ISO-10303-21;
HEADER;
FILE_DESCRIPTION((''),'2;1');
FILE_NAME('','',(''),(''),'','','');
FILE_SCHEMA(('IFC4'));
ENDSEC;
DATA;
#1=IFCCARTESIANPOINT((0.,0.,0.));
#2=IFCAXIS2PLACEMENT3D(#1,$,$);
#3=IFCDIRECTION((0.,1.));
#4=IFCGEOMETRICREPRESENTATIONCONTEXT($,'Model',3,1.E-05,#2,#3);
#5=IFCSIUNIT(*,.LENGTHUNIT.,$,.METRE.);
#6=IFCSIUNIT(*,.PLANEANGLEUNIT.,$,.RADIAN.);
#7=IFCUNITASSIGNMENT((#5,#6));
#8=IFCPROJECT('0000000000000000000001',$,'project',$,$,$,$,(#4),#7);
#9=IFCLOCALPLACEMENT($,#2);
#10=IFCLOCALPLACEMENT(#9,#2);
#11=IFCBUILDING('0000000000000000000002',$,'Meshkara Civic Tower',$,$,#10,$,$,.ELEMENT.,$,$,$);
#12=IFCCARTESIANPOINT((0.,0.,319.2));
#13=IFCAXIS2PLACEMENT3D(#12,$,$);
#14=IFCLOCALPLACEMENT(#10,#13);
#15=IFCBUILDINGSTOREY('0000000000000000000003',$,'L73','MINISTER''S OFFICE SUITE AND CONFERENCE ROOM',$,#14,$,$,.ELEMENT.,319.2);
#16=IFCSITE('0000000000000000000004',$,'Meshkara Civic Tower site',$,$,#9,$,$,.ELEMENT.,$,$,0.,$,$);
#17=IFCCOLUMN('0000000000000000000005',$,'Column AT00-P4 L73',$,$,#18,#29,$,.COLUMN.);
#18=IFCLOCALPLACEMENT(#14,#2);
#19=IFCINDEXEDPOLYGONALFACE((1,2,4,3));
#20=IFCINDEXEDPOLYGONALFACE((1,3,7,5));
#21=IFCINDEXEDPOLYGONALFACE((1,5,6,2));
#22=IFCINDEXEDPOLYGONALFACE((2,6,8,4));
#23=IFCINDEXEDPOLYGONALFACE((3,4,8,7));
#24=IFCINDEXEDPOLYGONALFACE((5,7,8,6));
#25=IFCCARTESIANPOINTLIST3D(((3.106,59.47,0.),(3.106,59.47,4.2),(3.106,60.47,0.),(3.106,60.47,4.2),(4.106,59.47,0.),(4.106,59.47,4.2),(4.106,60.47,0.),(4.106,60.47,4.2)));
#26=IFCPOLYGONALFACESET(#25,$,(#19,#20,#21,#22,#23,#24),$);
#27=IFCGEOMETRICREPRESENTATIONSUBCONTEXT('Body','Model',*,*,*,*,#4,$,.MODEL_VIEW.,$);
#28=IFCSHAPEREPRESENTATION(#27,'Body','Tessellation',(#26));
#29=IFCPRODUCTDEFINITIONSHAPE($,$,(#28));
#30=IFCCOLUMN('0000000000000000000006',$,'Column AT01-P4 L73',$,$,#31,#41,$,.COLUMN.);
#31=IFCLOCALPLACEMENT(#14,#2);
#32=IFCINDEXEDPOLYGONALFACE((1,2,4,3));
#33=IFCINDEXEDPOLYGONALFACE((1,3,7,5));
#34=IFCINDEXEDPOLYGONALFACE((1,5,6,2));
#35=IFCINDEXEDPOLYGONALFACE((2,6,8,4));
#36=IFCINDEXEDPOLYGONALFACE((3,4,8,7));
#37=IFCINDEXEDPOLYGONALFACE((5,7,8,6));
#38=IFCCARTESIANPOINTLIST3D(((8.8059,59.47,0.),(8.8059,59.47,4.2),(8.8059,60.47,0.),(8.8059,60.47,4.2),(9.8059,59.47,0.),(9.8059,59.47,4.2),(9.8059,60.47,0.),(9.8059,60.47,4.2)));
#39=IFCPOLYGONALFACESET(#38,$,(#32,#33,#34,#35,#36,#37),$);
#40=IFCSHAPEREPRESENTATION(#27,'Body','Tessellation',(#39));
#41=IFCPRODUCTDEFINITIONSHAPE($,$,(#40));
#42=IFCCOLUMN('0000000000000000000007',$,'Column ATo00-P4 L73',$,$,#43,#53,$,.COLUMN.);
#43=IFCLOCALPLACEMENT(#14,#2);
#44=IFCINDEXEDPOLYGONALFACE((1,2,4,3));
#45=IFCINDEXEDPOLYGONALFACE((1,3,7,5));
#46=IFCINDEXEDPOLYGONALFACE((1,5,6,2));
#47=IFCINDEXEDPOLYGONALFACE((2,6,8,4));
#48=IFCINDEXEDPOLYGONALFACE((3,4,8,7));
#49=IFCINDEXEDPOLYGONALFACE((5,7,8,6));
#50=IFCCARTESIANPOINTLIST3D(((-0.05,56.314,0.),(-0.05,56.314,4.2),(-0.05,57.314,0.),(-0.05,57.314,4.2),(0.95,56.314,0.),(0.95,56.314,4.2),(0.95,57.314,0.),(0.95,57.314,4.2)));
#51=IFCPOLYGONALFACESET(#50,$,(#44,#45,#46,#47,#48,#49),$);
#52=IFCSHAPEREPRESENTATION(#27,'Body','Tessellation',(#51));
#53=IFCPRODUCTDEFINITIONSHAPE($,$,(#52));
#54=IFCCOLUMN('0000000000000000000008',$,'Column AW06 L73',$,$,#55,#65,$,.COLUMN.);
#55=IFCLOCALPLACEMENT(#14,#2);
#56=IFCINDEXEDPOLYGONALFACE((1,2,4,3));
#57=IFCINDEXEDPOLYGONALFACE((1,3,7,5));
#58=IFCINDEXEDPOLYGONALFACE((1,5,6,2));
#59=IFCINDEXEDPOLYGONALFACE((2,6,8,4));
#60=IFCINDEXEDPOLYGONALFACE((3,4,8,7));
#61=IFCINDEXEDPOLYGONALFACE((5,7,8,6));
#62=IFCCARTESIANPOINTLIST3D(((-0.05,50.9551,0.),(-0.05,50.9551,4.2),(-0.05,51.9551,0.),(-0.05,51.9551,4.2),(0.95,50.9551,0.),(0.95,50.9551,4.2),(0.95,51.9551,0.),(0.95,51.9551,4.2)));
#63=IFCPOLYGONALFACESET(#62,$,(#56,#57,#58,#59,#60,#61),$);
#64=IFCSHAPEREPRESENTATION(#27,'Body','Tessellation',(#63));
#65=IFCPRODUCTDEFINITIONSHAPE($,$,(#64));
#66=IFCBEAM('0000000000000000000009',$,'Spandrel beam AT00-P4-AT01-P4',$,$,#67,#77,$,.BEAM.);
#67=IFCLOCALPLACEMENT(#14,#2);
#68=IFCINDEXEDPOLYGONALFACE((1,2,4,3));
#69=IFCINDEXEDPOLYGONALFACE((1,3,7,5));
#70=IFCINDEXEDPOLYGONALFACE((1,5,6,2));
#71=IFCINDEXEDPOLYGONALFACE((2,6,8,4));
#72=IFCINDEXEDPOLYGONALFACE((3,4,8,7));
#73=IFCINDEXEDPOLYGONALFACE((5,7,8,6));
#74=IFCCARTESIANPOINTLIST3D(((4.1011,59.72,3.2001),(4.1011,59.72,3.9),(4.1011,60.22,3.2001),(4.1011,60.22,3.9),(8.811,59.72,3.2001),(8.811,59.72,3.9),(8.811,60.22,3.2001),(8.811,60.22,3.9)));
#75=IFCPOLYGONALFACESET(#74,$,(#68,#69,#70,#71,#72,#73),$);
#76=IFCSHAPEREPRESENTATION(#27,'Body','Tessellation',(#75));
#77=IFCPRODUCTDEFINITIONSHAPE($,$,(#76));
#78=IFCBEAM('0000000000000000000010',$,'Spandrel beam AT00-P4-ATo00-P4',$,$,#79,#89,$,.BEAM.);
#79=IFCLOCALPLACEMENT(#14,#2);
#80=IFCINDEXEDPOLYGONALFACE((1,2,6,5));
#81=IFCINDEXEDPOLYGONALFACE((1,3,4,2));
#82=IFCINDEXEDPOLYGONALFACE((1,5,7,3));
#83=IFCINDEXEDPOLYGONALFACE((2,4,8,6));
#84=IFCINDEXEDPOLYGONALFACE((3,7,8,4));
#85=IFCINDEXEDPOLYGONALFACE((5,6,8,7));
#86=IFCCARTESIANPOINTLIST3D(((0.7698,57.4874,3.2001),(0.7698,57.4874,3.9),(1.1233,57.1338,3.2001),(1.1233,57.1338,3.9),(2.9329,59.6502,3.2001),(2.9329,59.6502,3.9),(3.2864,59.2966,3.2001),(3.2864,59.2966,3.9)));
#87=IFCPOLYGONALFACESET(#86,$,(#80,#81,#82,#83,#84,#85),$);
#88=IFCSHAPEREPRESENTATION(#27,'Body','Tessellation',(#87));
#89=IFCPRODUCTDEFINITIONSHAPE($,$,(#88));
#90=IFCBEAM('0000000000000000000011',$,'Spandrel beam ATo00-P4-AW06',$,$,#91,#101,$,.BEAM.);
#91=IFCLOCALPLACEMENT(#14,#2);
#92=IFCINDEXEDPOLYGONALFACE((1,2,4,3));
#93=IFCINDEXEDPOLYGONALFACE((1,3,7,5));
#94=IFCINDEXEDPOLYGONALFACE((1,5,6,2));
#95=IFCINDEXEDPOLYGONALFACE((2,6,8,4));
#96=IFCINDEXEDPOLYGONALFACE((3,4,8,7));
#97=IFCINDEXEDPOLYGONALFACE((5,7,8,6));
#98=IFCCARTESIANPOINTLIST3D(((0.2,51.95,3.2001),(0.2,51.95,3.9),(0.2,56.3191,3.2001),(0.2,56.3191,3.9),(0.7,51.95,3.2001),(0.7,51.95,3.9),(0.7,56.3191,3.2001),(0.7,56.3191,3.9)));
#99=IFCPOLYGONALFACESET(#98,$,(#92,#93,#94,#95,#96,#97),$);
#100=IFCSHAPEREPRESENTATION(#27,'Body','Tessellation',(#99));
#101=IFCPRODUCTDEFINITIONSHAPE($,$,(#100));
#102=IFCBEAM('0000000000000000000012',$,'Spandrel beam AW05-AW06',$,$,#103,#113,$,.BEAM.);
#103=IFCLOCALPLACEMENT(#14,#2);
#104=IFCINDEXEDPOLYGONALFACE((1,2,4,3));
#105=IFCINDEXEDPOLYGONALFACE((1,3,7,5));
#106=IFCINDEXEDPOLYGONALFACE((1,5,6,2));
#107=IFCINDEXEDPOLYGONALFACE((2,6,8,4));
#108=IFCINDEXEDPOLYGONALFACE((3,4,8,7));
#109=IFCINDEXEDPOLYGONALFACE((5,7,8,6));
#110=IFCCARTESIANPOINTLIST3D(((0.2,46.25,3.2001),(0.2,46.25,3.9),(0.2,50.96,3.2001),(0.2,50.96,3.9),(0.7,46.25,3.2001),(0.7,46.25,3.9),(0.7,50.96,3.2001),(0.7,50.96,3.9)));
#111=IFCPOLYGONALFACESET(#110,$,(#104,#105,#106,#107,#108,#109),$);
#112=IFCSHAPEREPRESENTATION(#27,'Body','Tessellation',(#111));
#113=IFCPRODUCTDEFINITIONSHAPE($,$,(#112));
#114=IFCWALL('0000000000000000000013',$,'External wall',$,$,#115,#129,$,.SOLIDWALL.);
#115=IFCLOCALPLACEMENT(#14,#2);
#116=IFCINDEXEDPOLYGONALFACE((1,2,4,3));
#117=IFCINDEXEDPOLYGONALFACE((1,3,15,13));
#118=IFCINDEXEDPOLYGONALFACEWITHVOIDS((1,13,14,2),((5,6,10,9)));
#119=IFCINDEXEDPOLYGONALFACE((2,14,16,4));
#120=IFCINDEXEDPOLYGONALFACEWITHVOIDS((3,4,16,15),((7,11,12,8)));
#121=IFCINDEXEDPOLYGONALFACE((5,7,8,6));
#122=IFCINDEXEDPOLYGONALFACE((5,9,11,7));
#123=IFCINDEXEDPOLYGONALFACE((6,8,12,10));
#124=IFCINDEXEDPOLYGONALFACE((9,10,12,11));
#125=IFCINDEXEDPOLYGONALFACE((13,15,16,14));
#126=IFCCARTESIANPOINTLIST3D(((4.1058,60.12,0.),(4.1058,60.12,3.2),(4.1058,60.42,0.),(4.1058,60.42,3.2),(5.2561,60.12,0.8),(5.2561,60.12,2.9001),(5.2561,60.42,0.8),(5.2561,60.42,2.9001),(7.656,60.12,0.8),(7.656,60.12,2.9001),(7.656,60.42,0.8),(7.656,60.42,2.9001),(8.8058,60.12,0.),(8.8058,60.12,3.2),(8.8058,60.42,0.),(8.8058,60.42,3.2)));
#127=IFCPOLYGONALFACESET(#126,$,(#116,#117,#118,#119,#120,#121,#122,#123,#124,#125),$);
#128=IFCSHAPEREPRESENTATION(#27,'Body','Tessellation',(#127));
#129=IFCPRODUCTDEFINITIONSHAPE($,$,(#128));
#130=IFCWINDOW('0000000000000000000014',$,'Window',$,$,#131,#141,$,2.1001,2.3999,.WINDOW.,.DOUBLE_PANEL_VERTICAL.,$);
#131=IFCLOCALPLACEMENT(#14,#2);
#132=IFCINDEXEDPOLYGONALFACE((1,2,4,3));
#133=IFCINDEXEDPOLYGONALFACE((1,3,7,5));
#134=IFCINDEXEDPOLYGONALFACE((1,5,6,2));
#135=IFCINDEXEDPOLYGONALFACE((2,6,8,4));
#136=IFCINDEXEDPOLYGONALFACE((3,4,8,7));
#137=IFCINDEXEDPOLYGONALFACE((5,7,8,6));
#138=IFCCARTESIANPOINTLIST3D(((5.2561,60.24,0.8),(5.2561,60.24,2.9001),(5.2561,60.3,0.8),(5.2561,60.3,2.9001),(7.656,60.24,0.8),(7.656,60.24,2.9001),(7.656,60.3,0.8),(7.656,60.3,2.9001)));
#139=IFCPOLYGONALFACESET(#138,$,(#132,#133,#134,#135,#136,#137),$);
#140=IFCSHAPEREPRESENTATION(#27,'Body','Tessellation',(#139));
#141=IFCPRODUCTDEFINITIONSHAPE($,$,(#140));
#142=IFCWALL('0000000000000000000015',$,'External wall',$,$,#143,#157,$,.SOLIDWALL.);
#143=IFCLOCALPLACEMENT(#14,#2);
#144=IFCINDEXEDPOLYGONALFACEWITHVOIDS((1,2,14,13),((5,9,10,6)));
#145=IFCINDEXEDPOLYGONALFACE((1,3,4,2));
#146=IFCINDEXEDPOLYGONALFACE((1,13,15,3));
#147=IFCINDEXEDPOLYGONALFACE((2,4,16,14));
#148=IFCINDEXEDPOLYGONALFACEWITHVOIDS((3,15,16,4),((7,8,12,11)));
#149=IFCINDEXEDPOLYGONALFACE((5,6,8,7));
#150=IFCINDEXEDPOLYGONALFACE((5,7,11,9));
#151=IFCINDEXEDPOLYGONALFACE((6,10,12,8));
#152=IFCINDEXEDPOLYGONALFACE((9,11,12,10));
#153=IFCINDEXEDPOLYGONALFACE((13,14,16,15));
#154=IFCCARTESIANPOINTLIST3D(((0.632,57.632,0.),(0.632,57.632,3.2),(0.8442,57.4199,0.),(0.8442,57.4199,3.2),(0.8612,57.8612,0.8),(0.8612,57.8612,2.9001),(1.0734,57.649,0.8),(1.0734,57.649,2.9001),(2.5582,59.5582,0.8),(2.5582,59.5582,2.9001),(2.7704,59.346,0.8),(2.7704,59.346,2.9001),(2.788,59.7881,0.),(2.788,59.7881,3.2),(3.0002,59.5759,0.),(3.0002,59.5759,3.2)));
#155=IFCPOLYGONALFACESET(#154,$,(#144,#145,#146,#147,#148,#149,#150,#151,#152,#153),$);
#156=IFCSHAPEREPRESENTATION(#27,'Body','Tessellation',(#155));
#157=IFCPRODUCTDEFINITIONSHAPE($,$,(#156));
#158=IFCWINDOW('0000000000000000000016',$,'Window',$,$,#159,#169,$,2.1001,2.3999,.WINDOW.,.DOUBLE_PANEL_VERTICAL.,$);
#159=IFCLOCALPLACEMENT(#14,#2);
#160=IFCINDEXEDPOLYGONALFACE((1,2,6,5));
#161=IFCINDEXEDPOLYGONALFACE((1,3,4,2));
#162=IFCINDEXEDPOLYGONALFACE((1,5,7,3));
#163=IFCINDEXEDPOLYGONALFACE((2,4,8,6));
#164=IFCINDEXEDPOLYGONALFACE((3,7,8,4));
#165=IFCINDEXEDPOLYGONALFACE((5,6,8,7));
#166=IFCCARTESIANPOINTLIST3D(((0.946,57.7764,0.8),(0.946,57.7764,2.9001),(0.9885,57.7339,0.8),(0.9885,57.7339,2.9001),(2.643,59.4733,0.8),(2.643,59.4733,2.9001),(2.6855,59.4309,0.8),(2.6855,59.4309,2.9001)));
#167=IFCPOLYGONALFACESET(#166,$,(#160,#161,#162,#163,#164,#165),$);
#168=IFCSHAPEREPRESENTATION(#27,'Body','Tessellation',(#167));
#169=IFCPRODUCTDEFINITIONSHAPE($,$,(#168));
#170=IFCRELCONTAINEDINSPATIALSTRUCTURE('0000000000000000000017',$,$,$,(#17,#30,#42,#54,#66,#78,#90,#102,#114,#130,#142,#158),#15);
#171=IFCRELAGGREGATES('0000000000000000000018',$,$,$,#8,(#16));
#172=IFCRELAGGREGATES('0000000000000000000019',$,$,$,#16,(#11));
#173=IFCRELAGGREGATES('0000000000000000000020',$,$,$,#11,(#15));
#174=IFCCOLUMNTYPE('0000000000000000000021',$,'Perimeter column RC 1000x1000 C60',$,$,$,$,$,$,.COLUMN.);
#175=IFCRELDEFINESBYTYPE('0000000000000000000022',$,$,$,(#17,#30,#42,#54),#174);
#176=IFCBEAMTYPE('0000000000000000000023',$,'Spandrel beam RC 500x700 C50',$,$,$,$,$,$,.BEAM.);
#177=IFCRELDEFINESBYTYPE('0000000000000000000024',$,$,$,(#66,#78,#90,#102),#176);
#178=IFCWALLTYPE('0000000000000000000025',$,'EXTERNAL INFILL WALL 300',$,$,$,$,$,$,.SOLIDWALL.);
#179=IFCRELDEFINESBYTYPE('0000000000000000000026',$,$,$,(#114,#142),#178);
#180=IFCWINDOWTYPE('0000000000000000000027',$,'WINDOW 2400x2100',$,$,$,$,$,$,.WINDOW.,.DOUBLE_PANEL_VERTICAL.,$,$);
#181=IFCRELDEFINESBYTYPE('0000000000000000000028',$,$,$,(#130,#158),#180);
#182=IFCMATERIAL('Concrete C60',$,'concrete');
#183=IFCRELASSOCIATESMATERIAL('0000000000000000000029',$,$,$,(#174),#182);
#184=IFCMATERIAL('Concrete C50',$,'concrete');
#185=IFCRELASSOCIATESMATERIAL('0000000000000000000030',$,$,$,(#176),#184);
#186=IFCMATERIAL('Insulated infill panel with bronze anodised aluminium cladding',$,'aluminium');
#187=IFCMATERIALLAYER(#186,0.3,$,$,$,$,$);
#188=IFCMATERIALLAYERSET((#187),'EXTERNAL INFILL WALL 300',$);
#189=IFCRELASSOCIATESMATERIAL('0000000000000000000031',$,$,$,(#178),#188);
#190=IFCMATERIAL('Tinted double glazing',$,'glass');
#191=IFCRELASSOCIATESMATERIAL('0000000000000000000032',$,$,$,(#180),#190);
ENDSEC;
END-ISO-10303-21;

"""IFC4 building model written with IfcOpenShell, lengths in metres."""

from ifc_helpers import new_model, si_unit, direction, frame, frame_2d, origin, origin_2d, place, context, subcontext, project, spatial, rectangle, extrude, material, layer, layer_set, material_profile, profile_set, type_object, element, fill, save


model = new_model("IFC4")

# Units and contexts
model_context = context("Model", 3, precision=1e-05, world=origin(), true_north=direction((0.0, 1.0)))
body_context = subcontext(model_context, "Body", "Model", "MODEL_VIEW")
ifc_project = project(units=[si_unit("LENGTHUNIT", "METRE"), si_unit("PLANEANGLEUNIT", "RADIAN")], contexts=[model_context])

# Site, building, storey
site_placement = place(None, origin())
site = spatial("IfcSite", under=ifc_project, at=site_placement, Name="Meshkara Civic Tower site", CompositionType="ELEMENT", RefElevation=0.0)
building_placement = place(site_placement, origin())
building = spatial("IfcBuilding", under=site, at=building_placement, Name="Meshkara Civic Tower", CompositionType="ELEMENT")
storey_placement = place(building_placement, frame((0.0, 0.0, 319.2)))
storey = spatial("IfcBuildingStorey", under=building, at=storey_placement, Name="L73", Description="MINISTER'S OFFICE SUITE AND CONFERENCE ROOM", CompositionType="ELEMENT", Elevation=319.2)

# Columns
ifc_material_1 = material(Name="Concrete C60", Category="concrete")
ifc_material_profile_1 = material_profile(ifc_material_1, rectangle(XDim=1.0, YDim=1.0, at=origin_2d()))
ifc_profile_set_1 = profile_set([ifc_material_profile_1], Name="Concrete C60")
column_type = type_object("IfcColumnType", Name="Perimeter column RC 1000x1000 C60", PredefinedType="COLUMN", material=ifc_profile_set_1)
for number, where, z_axis, x_axis, name in (
    (1, (3.606, 59.97, 0.0), (0.0, 0.0, 1.0), (1.0, 0.0, 0.0), "Column AT00-P4 L73"),
    (2, (9.3059, 59.97, 0.0), (0.0, 0.0, 1.0), (1.0, 0.0, 0.0), "Column AT01-P4 L73"),
    (3, (0.45, 56.814, 0.0), (0.0, 0.0, 1.0), (1.0, 0.0, 0.0), "Column ATo00-P4 L73"),
    (4, (0.45, 51.4551, 0.0), (0.0, 0.0, 1.0), (1.0, 0.0, 0.0), "Column AW06 L73"),
):
    element("IfcColumn", number, at=place(storey_placement, frame(where, z_axis=z_axis, x_axis=x_axis)), inside=storey, type_object=column_type, Name=name, PredefinedType="COLUMN", context=body_context, shape_type="SweptSolid", body=[
        extrude(rectangle(XDim=1.0, YDim=1.0, at=origin_2d()), origin(), (0.0, 0.0, 1.0), 4.2),
    ])

# Beams
ifc_material_2 = material(Name="Concrete C50", Category="concrete")
ifc_material_profile_2 = material_profile(ifc_material_2, rectangle(XDim=0.5, YDim=0.7, at=origin_2d()))
ifc_profile_set_2 = profile_set([ifc_material_profile_2], Name="Concrete C50")
beam_type = type_object("IfcBeamType", Name="Spandrel beam RC 500x700 C50", PredefinedType="BEAM", material=ifc_profile_set_2)
beam_1_placement = place(storey_placement, frame((8.811, 59.97, 3.55), z_axis=(-1.0, 0.0, 0.0), x_axis=(0.0, -1.0, 0.0)))
element("IfcBeam", 5, at=beam_1_placement, inside=storey, type_object=beam_type, Name="Spandrel beam AT00-P4-AT01-P4", PredefinedType="BEAM", context=body_context, shape_type="SweptSolid", body=[
    extrude(rectangle(XDim=0.5, YDim=0.7, at=origin_2d()), origin(), (0.0, 0.0, 1.0), 4.71),
])
beam_2_placement = place(storey_placement, frame((3.1096, 59.4734, 3.55), z_axis=(-0.707147, -0.707067, 0.0), x_axis=(0.707067, -0.707147, 0.0)))
element("IfcBeam", 6, at=beam_2_placement, inside=storey, type_object=beam_type, Name="Spandrel beam AT00-P4-ATo00-P4", PredefinedType="BEAM", context=body_context, shape_type="SweptSolid", body=[
    extrude(rectangle(XDim=0.5, YDim=0.7, at=origin_2d()), origin(), (0.0, 0.0, 1.0), 3.0588),
])
beam_3_placement = place(storey_placement, frame((0.45, 56.3191, 3.55), z_axis=(0.0, -1.0, 0.0), x_axis=(1.0, 0.0, 0.0)))
element("IfcBeam", 7, at=beam_3_placement, inside=storey, type_object=beam_type, Name="Spandrel beam ATo00-P4-AW06", PredefinedType="BEAM", context=body_context, shape_type="SweptSolid", body=[
    extrude(rectangle(XDim=0.5, YDim=0.7, at=origin_2d()), origin(), (0.0, 0.0, 1.0), 4.3691),
])
beam_4_placement = place(storey_placement, frame((0.45, 50.96, 3.55), z_axis=(0.0, -1.0, 0.0), x_axis=(1.0, 0.0, 0.0)))
element("IfcBeam", 8, at=beam_4_placement, inside=storey, type_object=beam_type, Name="Spandrel beam AW05-AW06", PredefinedType="BEAM", context=body_context, shape_type="SweptSolid", body=[
    extrude(rectangle(XDim=0.5, YDim=0.7, at=origin_2d()), origin(), (0.0, 0.0, 1.0), 4.71),
])

# Walls, openings, windows
ifc_material_3 = material(Name="Insulated infill panel with bronze anodised aluminium cladding", Category="aluminium")
ifc_layer_1 = layer(ifc_material_3, 0.3)
ifc_layer_set_1 = layer_set([ifc_layer_1], Name="EXTERNAL INFILL WALL 300")
wall_type_1 = type_object("IfcWallType", Name="EXTERNAL INFILL WALL 300", PredefinedType="SOLIDWALL", material=ifc_layer_set_1)
wall_1_placement = place(storey_placement, frame((8.8059, 60.27, 0.0), z_axis=(0.0, 0.0, 1.0), x_axis=(-1.0, 0.0, 0.0)))
wall_1 = element("IfcWall", 9, at=wall_1_placement, inside=storey, type_object=wall_type_1, Name="External wall", PredefinedType="SOLIDWALL", context=body_context, shape_type="SweptSolid", body=[
    extrude(rectangle(XDim=4.7, YDim=0.3, at=frame_2d((2.3501, 0.0))), origin(), (0.0, 0.0, 1.0), 3.2),
])
opening_1_placement = place(wall_1_placement, frame((1.1499, 0.0, 0.8)))
opening_1 = element("IfcOpeningElement", 10, at=opening_1_placement, cuts=wall_1, PredefinedType="OPENING", context=body_context, shape_type="SweptSolid", body=[
    extrude(rectangle(XDim=2.3999, YDim=2.1001, at=frame_2d((1.2, 1.05))), frame((0.0, 0.1599, 0.0), z_axis=(0.0, -1.0, 0.0), x_axis=(1.0, 0.0, 0.0)), (0.0, 0.0, 1.0), 0.3201),
])
ifc_material_4 = material(Name="Tinted double glazing", Category="glass")
window_type = type_object("IfcWindowType", Name="WINDOW 2400x2100", PartitioningType="DOUBLE_PANEL_VERTICAL", PredefinedType="WINDOW", material=ifc_material_4)
window_1_placement = place(opening_1_placement, origin())
window_1 = element("IfcWindow", 11, at=window_1_placement, inside=storey, type_object=window_type, Name="Window", OverallHeight=2.1001, OverallWidth=2.3999, PartitioningType="DOUBLE_PANEL_VERTICAL", PredefinedType="WINDOW", context=body_context, shape_type="SweptSolid", body=[
    extrude(rectangle(XDim=2.3999, YDim=2.1001, at=frame_2d((1.2, 1.05))), frame((0.0, 0.03, 0.0), z_axis=(0.0, -1.0, 0.0), x_axis=(1.0, 0.0, 0.0)), (0.0, 0.0, 1.0), 0.0601),
])
fill(opening_1, window_1)
wall_2_placement = place(storey_placement, frame((2.894, 59.6819, 0.0), z_axis=(0.0, 0.0, 1.0), x_axis=(-0.707107, -0.707107, 0.0)))
wall_2 = element("IfcWall", 12, at=wall_2_placement, inside=storey, type_object=wall_type_1, Name="External wall", PredefinedType="SOLIDWALL", context=body_context, shape_type="SweptSolid", body=[
    extrude(rectangle(XDim=3.0491, YDim=0.3, at=frame_2d((1.5244, 0.0))), origin(), (0.0, 0.0, 1.0), 3.2),
])
opening_2_placement = place(wall_2_placement, frame((0.325, 0.0, 0.8)))
opening_2 = element("IfcOpeningElement", 13, at=opening_2_placement, cuts=wall_2, PredefinedType="OPENING", context=body_context, shape_type="SweptSolid", body=[
    extrude(rectangle(XDim=2.3999, YDim=2.1001, at=frame_2d((1.2, 1.05))), frame((0.0, 0.1599, 0.0), z_axis=(0.0, -1.0, 0.0), x_axis=(1.0, 0.0, 0.0)), (0.0, 0.0, 1.0), 0.3201),
])
window_2_placement = place(opening_2_placement, origin())
window_2 = element("IfcWindow", 14, at=window_2_placement, inside=storey, type_object=window_type, Name="Window", OverallHeight=2.1001, OverallWidth=2.3999, PartitioningType="DOUBLE_PANEL_VERTICAL", PredefinedType="WINDOW", context=body_context, shape_type="SweptSolid", body=[
    extrude(rectangle(XDim=2.3999, YDim=2.1001, at=frame_2d((1.2, 1.05))), frame((0.0, 0.03, 0.0), z_axis=(0.0, -1.0, 0.0), x_axis=(1.0, 0.0, 0.0)), (0.0, 0.0, 1.0), 0.0601),
])
fill(opening_2, window_2)

save(model, "model.ifc")
